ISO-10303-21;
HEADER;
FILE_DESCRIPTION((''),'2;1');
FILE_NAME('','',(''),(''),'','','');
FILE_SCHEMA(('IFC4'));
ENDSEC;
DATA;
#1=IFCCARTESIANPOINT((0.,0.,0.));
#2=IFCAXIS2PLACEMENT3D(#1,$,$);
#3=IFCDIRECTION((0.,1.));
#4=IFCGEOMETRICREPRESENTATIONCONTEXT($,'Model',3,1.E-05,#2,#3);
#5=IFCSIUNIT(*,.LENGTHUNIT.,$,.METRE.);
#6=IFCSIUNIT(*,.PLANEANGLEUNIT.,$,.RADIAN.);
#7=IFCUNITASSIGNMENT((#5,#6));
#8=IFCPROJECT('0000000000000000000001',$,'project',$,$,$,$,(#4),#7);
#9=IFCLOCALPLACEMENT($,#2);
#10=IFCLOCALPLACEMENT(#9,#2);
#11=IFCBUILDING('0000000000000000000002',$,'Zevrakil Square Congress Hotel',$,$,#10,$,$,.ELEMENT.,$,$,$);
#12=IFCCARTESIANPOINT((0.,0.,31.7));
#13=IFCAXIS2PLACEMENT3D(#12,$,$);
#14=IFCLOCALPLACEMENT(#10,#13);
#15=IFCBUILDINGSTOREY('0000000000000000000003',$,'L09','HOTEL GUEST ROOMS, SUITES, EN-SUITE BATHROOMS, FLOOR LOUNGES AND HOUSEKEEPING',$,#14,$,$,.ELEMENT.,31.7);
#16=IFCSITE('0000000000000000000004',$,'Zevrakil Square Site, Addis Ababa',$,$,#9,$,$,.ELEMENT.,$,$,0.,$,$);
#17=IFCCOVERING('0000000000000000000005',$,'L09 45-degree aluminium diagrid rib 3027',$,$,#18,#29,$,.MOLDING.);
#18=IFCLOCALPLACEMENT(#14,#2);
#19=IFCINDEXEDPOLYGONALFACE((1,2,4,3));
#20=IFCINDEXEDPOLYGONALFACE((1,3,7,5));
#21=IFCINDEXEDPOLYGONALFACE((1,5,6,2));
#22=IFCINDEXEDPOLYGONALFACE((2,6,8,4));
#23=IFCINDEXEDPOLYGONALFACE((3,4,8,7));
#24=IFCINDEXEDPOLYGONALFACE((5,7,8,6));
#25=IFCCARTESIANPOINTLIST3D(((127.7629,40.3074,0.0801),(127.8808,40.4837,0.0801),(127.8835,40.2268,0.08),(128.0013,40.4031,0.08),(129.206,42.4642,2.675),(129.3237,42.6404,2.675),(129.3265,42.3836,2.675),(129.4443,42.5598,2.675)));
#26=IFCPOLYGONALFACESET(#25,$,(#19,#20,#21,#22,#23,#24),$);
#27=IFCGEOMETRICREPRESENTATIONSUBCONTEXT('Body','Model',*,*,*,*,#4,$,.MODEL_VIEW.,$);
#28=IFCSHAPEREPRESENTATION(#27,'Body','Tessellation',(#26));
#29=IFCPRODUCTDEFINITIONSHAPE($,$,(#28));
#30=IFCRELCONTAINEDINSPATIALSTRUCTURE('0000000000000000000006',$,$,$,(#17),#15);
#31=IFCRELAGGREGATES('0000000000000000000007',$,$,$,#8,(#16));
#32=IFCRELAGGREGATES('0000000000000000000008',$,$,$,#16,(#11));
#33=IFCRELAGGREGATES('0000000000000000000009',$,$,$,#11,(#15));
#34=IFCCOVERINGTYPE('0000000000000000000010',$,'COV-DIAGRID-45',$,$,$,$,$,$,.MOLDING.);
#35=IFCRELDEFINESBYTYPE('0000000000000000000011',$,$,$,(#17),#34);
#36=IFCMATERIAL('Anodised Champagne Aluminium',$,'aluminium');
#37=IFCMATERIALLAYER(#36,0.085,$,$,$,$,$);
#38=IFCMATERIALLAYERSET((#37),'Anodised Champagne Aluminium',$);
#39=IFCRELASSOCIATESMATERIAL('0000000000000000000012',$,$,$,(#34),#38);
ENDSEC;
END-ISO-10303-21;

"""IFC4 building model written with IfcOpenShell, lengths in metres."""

from ifc_helpers import new_model, si_unit, direction, frame, origin, place, context, subcontext, project, spatial, polyline, outline, extrude, material, layer, layer_set, type_object, element, save


model = new_model("IFC4")

# Units and contexts
model_context = context("Model", 3, precision=1e-05, world=origin(), true_north=direction((0.0, 1.0)))
body_context = subcontext(model_context, "Body", "Model", "MODEL_VIEW")
ifc_project = project(units=[si_unit("LENGTHUNIT", "METRE"), si_unit("PLANEANGLEUNIT", "RADIAN")], contexts=[model_context])

# Site, building, storey
site_placement = place(None, origin())
site = spatial("IfcSite", under=ifc_project, at=site_placement, Name="Zevrakil Square Site, Addis Ababa", CompositionType="ELEMENT", RefElevation=0.0)
building_placement = place(site_placement, origin())
building = spatial("IfcBuilding", under=site, at=building_placement, Name="Zevrakil Square Congress Hotel", CompositionType="ELEMENT")
storey_placement = place(building_placement, frame((0.0, 0.0, 31.7)))
storey = spatial("IfcBuildingStorey", under=building, at=storey_placement, Name="L09", Description="HOTEL GUEST ROOMS, SUITES, EN-SUITE BATHROOMS, FLOOR LOUNGES AND HOUSEKEEPING", CompositionType="ELEMENT", Elevation=31.7)

# Covering
ifc_material_1 = material(Name="Anodised Champagne Aluminium", Category="aluminium")
ifc_layer_1 = layer(ifc_material_1, 0.085)
ifc_layer_set_1 = layer_set([ifc_layer_1], Name="Anodised Champagne Aluminium")
covering_type_1 = type_object("IfcCoveringType", Name="COV-DIAGRID-45", PredefinedType="MOLDING", material=ifc_layer_set_1)
covering_1_placement = place(storey_placement, frame((129.3237, 42.6404, 2.675), z_axis=(-0.83143, 0.55563, 0.000539), x_axis=(-0.55563, -0.83143, 0.0)))
element("IfcCovering", 1, at=covering_1_placement, inside=storey, type_object=covering_type_1, Name="L09 45-degree aluminium diagrid rib 3027", PredefinedType="MOLDING", context=body_context, shape_type="SweptSolid", body=[
    extrude(outline(polyline([(0.0, 0.0), (0.2119, 0.0), (2.807, -2.595), (2.5949, -2.595), (0.0, 0.0)])), origin(), (0.0, 0.0, -1.0), 0.145),
])

save(model, "model.ifc")
